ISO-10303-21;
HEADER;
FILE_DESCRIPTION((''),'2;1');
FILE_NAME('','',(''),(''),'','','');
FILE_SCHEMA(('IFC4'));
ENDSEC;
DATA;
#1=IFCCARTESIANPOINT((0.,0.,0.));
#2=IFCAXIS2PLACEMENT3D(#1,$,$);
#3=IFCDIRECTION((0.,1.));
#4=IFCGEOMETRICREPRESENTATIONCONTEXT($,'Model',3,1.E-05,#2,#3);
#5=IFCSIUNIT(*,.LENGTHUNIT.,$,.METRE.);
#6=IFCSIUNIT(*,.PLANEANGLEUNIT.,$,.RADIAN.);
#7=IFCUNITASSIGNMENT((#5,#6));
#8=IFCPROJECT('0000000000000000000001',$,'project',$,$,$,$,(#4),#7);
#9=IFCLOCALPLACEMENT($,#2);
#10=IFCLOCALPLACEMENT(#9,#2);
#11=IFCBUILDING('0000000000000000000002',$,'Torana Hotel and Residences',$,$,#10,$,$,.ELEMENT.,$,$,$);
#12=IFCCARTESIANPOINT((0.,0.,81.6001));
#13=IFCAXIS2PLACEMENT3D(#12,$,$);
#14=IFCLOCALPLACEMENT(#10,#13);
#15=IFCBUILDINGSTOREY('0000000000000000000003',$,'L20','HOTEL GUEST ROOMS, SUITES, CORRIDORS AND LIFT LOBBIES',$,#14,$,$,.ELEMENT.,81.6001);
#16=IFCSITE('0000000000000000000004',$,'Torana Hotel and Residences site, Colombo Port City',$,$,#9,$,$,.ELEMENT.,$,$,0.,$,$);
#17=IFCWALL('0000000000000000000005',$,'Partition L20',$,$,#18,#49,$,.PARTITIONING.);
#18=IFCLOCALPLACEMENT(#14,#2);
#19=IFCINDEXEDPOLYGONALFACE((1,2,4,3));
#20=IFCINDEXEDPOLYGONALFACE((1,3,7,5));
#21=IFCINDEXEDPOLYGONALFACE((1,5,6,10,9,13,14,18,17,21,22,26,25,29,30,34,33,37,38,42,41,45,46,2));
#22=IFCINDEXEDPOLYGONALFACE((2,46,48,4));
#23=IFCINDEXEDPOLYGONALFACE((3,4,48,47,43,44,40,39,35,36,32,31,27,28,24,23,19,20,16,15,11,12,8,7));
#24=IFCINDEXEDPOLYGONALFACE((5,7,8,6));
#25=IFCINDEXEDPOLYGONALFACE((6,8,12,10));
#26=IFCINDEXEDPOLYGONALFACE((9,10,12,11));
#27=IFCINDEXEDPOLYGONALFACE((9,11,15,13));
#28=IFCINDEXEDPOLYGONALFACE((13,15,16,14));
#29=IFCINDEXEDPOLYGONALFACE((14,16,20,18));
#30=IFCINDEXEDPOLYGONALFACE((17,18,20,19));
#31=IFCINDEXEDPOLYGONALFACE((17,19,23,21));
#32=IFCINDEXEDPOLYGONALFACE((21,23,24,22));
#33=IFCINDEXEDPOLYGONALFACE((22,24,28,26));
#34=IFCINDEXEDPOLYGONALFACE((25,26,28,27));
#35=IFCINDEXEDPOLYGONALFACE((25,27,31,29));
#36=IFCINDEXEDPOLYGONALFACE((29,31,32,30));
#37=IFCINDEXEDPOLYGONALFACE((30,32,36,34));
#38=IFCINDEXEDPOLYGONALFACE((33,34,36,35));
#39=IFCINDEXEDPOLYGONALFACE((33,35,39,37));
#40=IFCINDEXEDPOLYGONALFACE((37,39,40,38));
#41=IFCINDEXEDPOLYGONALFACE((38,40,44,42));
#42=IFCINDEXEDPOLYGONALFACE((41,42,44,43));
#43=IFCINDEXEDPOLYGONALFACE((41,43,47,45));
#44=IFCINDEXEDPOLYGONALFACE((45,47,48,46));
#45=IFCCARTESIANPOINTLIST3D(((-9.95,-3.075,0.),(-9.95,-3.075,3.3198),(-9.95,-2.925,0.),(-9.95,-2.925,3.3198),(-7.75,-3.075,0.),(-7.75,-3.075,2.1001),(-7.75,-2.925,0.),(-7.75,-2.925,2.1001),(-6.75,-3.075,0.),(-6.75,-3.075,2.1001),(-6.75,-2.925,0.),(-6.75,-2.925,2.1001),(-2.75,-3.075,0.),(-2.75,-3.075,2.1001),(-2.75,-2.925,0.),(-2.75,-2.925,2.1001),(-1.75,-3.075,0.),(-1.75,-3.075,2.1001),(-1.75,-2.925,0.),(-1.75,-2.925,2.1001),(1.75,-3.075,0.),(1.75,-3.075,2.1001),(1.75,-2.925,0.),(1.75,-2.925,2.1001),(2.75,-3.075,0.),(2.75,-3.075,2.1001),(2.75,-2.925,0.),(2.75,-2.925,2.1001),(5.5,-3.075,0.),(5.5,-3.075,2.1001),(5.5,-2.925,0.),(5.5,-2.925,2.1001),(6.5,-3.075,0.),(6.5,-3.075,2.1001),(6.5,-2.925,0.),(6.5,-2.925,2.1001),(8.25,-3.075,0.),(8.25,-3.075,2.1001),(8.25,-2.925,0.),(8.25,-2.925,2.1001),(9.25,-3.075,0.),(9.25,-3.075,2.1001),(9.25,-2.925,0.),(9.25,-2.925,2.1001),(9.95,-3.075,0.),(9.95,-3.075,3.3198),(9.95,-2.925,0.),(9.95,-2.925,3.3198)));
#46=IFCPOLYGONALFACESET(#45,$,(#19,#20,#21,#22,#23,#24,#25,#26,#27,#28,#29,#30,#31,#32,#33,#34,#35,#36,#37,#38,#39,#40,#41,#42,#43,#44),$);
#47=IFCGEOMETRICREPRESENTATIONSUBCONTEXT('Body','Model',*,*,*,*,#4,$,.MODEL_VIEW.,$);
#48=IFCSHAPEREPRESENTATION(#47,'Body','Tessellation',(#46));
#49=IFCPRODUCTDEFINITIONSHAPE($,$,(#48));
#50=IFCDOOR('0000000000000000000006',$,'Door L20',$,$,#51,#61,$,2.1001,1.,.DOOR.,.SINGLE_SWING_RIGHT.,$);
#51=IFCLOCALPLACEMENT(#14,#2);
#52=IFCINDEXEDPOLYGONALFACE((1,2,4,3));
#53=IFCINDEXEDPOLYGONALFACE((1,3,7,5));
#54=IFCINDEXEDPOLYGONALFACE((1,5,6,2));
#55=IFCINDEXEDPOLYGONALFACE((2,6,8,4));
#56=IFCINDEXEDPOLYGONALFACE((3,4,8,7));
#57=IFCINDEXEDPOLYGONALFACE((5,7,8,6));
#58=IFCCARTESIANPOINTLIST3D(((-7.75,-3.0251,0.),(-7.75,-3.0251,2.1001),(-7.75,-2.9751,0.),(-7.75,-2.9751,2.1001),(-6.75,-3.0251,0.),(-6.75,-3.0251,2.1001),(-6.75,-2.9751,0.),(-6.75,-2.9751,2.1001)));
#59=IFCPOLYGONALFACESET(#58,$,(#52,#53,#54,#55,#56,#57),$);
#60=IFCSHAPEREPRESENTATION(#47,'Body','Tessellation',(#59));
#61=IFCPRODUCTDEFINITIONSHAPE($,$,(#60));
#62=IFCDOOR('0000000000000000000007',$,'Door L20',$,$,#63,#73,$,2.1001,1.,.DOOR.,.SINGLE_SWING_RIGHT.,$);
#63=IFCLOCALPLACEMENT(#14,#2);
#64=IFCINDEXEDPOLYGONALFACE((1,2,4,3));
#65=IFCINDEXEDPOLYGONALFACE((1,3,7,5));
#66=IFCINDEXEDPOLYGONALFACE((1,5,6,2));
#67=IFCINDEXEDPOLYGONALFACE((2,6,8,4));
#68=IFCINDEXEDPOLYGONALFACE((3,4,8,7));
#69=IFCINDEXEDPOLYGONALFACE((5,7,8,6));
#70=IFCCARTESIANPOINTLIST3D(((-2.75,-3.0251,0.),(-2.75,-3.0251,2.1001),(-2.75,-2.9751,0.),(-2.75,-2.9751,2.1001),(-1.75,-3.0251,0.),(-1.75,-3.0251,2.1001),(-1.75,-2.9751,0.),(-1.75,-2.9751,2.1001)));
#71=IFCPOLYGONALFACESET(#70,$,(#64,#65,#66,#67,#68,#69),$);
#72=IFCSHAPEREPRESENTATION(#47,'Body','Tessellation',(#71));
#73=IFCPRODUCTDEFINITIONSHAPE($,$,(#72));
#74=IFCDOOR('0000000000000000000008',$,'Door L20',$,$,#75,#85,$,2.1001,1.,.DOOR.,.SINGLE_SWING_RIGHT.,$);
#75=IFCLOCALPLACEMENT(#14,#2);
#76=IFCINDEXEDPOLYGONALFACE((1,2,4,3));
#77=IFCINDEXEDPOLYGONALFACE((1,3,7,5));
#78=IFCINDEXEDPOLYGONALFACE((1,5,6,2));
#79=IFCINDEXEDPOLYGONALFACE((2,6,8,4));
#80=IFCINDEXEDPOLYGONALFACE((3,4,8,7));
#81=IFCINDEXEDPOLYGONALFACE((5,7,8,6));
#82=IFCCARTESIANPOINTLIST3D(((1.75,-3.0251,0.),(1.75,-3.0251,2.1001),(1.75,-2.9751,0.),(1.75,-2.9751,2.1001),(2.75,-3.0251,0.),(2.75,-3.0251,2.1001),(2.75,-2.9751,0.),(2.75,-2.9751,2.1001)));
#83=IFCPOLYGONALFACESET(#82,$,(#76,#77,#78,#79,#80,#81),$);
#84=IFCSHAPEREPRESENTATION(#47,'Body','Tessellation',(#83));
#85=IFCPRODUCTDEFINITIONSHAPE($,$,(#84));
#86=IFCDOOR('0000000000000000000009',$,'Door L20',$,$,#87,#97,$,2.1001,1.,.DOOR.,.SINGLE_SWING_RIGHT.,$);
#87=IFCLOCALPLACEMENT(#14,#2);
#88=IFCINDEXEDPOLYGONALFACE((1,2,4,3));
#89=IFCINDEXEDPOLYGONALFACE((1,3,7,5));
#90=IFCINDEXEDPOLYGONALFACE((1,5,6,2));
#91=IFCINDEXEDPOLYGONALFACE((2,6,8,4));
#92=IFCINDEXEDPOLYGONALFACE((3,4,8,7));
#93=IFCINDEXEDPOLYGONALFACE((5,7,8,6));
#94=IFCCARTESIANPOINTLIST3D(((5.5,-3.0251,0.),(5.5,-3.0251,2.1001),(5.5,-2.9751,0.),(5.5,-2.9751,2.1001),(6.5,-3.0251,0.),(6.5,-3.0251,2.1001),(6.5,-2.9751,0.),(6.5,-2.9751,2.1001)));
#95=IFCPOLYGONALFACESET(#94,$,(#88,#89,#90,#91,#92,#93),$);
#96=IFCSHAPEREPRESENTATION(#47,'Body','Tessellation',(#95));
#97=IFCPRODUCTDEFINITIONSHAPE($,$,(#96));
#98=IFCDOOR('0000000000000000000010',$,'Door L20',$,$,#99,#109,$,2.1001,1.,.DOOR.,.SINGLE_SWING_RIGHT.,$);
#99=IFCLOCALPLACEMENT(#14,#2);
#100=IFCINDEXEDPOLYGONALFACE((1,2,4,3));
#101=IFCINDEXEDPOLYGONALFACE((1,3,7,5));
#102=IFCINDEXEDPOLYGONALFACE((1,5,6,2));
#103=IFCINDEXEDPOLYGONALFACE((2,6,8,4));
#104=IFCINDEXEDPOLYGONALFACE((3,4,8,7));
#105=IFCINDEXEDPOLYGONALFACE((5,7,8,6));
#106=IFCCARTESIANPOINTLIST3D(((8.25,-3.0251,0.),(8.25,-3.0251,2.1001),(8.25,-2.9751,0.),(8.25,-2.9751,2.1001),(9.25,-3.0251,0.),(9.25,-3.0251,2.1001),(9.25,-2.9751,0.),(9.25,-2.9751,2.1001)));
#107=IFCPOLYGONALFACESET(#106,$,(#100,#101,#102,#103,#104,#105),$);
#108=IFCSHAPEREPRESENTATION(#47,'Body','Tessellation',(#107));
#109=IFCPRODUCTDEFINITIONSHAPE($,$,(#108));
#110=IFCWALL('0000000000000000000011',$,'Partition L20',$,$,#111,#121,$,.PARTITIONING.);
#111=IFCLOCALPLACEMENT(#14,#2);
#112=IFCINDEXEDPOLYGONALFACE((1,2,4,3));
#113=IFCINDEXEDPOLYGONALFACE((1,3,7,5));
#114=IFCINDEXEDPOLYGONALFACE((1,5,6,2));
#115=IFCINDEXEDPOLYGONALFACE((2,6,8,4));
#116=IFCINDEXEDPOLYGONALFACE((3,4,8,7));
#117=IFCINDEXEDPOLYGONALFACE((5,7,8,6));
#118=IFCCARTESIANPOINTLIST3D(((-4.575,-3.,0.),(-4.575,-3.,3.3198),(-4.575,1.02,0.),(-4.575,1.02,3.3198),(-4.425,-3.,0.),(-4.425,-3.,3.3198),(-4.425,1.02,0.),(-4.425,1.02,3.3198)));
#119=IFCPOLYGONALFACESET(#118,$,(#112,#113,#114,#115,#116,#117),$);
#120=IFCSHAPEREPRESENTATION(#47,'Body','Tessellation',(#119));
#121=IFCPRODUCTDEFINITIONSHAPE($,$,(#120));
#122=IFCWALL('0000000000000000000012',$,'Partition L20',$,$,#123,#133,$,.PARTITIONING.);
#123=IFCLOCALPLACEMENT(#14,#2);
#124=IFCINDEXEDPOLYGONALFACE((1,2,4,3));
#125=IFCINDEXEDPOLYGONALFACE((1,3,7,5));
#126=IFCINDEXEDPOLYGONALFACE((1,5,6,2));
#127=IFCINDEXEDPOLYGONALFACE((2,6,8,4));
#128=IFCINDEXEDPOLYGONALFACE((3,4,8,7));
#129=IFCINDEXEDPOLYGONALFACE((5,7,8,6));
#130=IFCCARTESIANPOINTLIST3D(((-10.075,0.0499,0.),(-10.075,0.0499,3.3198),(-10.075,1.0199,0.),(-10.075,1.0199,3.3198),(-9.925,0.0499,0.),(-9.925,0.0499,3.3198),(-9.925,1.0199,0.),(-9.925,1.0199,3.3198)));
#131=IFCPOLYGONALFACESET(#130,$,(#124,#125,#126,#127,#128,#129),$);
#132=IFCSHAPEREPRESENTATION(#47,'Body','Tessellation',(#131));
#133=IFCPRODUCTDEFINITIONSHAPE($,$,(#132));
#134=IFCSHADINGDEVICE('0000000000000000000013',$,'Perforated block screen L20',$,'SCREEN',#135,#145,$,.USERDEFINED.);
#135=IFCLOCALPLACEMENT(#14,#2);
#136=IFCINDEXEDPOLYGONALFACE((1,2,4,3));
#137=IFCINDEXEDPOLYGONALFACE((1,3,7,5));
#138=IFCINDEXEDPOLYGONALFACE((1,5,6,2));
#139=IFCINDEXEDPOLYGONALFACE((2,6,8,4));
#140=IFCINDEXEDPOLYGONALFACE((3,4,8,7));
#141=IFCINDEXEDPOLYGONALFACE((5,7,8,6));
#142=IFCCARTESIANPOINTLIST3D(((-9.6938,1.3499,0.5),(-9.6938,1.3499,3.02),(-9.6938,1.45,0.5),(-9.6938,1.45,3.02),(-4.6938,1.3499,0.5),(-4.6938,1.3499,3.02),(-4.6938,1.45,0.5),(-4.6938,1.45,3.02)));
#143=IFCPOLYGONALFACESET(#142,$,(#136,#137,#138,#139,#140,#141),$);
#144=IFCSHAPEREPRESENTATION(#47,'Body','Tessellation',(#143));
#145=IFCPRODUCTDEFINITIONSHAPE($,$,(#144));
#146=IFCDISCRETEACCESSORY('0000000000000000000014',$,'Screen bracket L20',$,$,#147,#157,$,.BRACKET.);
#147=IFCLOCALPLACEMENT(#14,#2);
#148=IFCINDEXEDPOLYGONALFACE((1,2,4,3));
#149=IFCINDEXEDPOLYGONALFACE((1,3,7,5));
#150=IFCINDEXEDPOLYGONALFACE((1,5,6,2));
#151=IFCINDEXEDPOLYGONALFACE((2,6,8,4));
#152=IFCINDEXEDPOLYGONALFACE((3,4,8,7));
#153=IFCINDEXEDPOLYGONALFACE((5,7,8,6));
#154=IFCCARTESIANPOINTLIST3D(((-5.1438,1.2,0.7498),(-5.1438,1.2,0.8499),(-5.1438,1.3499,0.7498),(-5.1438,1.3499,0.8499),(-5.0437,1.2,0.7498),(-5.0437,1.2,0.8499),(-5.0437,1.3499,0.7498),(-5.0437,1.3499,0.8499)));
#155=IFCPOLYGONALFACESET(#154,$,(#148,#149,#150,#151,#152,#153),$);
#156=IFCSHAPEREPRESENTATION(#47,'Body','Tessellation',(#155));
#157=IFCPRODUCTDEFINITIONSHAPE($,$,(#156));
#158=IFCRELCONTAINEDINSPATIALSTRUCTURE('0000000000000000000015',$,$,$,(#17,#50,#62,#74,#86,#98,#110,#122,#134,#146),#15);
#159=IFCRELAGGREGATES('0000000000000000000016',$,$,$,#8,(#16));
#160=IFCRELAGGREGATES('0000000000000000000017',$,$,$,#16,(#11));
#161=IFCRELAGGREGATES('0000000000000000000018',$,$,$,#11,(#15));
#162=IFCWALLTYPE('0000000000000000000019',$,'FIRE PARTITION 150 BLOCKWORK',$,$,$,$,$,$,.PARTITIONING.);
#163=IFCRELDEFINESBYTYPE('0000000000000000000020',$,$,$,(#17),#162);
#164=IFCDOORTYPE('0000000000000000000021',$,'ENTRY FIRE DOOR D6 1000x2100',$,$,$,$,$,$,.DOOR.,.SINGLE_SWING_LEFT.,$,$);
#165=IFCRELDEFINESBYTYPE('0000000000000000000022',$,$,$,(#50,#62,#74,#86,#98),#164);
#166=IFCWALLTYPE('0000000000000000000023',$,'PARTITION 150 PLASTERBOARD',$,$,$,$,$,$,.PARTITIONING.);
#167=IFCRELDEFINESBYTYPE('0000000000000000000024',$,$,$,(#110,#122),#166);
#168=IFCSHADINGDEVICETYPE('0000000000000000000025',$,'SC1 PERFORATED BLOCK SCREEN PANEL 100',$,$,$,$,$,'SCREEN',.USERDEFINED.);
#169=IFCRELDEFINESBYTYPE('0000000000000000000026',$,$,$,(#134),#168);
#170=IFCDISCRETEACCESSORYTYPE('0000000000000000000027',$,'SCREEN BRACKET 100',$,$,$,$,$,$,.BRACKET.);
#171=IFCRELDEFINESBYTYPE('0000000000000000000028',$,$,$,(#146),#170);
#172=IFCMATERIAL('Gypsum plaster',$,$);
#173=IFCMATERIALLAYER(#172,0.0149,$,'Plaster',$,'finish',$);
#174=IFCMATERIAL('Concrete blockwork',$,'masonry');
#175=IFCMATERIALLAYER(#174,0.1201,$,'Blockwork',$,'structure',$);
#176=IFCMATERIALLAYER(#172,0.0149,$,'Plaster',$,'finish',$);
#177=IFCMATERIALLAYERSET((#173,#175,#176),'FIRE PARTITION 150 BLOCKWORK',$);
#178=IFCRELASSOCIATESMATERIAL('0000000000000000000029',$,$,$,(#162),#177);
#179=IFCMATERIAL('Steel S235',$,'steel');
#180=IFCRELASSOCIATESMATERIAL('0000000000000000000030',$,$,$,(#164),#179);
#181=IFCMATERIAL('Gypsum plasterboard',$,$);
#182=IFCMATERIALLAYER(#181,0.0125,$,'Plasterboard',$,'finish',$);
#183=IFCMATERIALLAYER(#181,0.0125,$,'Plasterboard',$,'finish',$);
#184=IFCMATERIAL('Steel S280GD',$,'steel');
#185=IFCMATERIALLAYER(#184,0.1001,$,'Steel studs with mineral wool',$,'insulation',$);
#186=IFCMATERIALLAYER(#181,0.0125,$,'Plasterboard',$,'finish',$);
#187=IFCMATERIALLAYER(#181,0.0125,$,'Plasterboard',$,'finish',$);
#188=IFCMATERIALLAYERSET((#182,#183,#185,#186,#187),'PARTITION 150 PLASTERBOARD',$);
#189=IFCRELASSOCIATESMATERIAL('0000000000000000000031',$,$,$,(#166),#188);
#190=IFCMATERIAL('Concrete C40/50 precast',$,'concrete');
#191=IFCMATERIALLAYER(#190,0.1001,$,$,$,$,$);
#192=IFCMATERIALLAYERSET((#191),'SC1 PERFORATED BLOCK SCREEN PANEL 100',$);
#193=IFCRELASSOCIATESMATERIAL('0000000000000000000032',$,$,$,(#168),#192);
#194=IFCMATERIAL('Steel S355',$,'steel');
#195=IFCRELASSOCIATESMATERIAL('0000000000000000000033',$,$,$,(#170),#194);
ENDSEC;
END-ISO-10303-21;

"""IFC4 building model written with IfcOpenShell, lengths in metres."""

from ifc_helpers import new_model, si_unit, direction, frame, frame_2d, origin, origin_2d, place, context, subcontext, project, spatial, rectangle, extrude, material, layer, layer_set, type_object, element, fill, save


model = new_model("IFC4")

# Units and contexts
model_context = context("Model", 3, precision=1e-05, world=origin(), true_north=direction((0.0, 1.0)))
body_context = subcontext(model_context, "Body", "Model", "MODEL_VIEW")
ifc_project = project(units=[si_unit("LENGTHUNIT", "METRE"), si_unit("PLANEANGLEUNIT", "RADIAN")], contexts=[model_context])

# Site, building, storey
site_placement = place(None, origin())
site = spatial("IfcSite", under=ifc_project, at=site_placement, Name="Torana Hotel and Residences site, Colombo Port City", CompositionType="ELEMENT", RefElevation=0.0)
building_placement = place(site_placement, origin())
building = spatial("IfcBuilding", under=site, at=building_placement, Name="Torana Hotel and Residences", CompositionType="ELEMENT")
storey_placement = place(building_placement, frame((0.0, 0.0, 81.6001)))
storey = spatial("IfcBuildingStorey", under=building, at=storey_placement, Name="L20", Description="HOTEL GUEST ROOMS, SUITES, CORRIDORS AND LIFT LOBBIES", CompositionType="ELEMENT", Elevation=81.6001)

# Shared definitions
ifc_material_1 = material(Name="Gypsum plaster")
ifc_layer_1 = layer(ifc_material_1, 0.0149, Name="Plaster", Category="finish")
ifc_material_2 = material(Name="Concrete blockwork", Category="masonry")
ifc_layer_2 = layer(ifc_material_2, 0.1201, Name="Blockwork", Category="structure")
ifc_layer_3 = layer(ifc_material_1, 0.0149, Name="Plaster", Category="finish")
ifc_layer_set_1 = layer_set([ifc_layer_1, ifc_layer_2, ifc_layer_3], Name="FIRE PARTITION 150 BLOCKWORK")
wall_type_1 = type_object("IfcWallType", Name="FIRE PARTITION 150 BLOCKWORK", PredefinedType="PARTITIONING", material=ifc_layer_set_1)

# Wall, openings, doors
ifc_material_3 = material(Name="Steel S235", Category="steel")
door_type = type_object("IfcDoorType", Name="ENTRY FIRE DOOR D6 1000x2100", OperationType="SINGLE_SWING_LEFT", PredefinedType="DOOR", material=ifc_material_3)
wall_1_placement = place(storey_placement, frame((-9.95, -3.0, 0.0), z_axis=(0.0, 0.0, 1.0), x_axis=(1.0, 0.0, 0.0)))
wall_1 = element("IfcWall", 1, at=wall_1_placement, inside=storey, type_object=wall_type_1, Name="Partition L20", PredefinedType="PARTITIONING", context=body_context, shape_type="SweptSolid", body=[
    extrude(rectangle(XDim=19.8999, YDim=0.1499, at=frame_2d((9.95, 0.0))), origin(), (0.0, 0.0, 1.0), 3.3198),
])
opening_1_placement = place(wall_1_placement, frame((2.2, 0.0, 0.0)))
opening_1 = element("IfcOpeningElement", 2, at=opening_1_placement, cuts=wall_1, PredefinedType="OPENING", context=body_context, shape_type="SweptSolid", body=[
    extrude(rectangle(XDim=1.0, YDim=2.1001, at=frame_2d((0.5, 1.05))), frame((0.0, 0.085, 0.0), z_axis=(0.0, -1.0, 0.0), x_axis=(1.0, 0.0, 0.0)), (0.0, 0.0, 1.0), 0.1699),
])
opening_2_placement = place(wall_1_placement, frame((7.2, 0.0, 0.0)))
opening_2 = element("IfcOpeningElement", 3, at=opening_2_placement, cuts=wall_1, PredefinedType="OPENING", context=body_context, shape_type="SweptSolid", body=[
    extrude(rectangle(XDim=1.0, YDim=2.1001, at=frame_2d((0.5, 1.05))), frame((0.0, 0.085, 0.0), z_axis=(0.0, -1.0, 0.0), x_axis=(1.0, 0.0, 0.0)), (0.0, 0.0, 1.0), 0.1699),
])
opening_3_placement = place(wall_1_placement, frame((11.7, 0.0, 0.0)))
opening_3 = element("IfcOpeningElement", 4, at=opening_3_placement, cuts=wall_1, PredefinedType="OPENING", context=body_context, shape_type="SweptSolid", body=[
    extrude(rectangle(XDim=1.0, YDim=2.1001, at=frame_2d((0.5, 1.05))), frame((0.0, 0.085, 0.0), z_axis=(0.0, -1.0, 0.0), x_axis=(1.0, 0.0, 0.0)), (0.0, 0.0, 1.0), 0.1699),
])
opening_4_placement = place(wall_1_placement, frame((15.45, 0.0, 0.0)))
opening_4 = element("IfcOpeningElement", 5, at=opening_4_placement, cuts=wall_1, PredefinedType="OPENING", context=body_context, shape_type="SweptSolid", body=[
    extrude(rectangle(XDim=1.0, YDim=2.1001, at=frame_2d((0.5, 1.05))), frame((0.0, 0.085, 0.0), z_axis=(0.0, -1.0, 0.0), x_axis=(1.0, 0.0, 0.0)), (0.0, 0.0, 1.0), 0.1699),
])
opening_5_placement = place(wall_1_placement, frame((18.2, 0.0, 0.0)))
opening_5 = element("IfcOpeningElement", 6, at=opening_5_placement, cuts=wall_1, PredefinedType="OPENING", context=body_context, shape_type="SweptSolid", body=[
    extrude(rectangle(XDim=1.0, YDim=2.1001, at=frame_2d((0.5, 1.05))), frame((0.0, 0.085, 0.0), z_axis=(0.0, -1.0, 0.0), x_axis=(1.0, 0.0, 0.0)), (0.0, 0.0, 1.0), 0.1699),
])
door_1_placement = place(opening_1_placement, origin())
door_1 = element("IfcDoor", 7, at=door_1_placement, inside=storey, type_object=door_type, Name="Door L20", OperationType="SINGLE_SWING_RIGHT", OverallHeight=2.1001, OverallWidth=1.0, PredefinedType="DOOR", context=body_context, shape_type="SweptSolid", body=[
    extrude(rectangle(XDim=1.0, YDim=2.1001, at=frame_2d((0.5, 1.05))), frame((0.0, 0.0249, 0.0), z_axis=(0.0, -1.0, 0.0), x_axis=(1.0, 0.0, 0.0)), (0.0, 0.0, 1.0), 0.05),
])
fill(opening_1, door_1)
door_2_placement = place(opening_2_placement, origin())
door_2 = element("IfcDoor", 8, at=door_2_placement, inside=storey, type_object=door_type, Name="Door L20", OperationType="SINGLE_SWING_RIGHT", OverallHeight=2.1001, OverallWidth=1.0, PredefinedType="DOOR", context=body_context, shape_type="SweptSolid", body=[
    extrude(rectangle(XDim=1.0, YDim=2.1001, at=frame_2d((0.5, 1.05))), frame((0.0, 0.0249, 0.0), z_axis=(0.0, -1.0, 0.0), x_axis=(1.0, 0.0, 0.0)), (0.0, 0.0, 1.0), 0.05),
])
fill(opening_2, door_2)
door_3_placement = place(opening_3_placement, origin())
door_3 = element("IfcDoor", 9, at=door_3_placement, inside=storey, type_object=door_type, Name="Door L20", OperationType="SINGLE_SWING_RIGHT", OverallHeight=2.1001, OverallWidth=1.0, PredefinedType="DOOR", context=body_context, shape_type="SweptSolid", body=[
    extrude(rectangle(XDim=1.0, YDim=2.1001, at=frame_2d((0.5, 1.05))), frame((0.0, 0.0249, 0.0), z_axis=(0.0, -1.0, 0.0), x_axis=(1.0, 0.0, 0.0)), (0.0, 0.0, 1.0), 0.05),
])
fill(opening_3, door_3)
door_4_placement = place(opening_4_placement, origin())
door_4 = element("IfcDoor", 10, at=door_4_placement, inside=storey, type_object=door_type, Name="Door L20", OperationType="SINGLE_SWING_RIGHT", OverallHeight=2.1001, OverallWidth=1.0, PredefinedType="DOOR", context=body_context, shape_type="SweptSolid", body=[
    extrude(rectangle(XDim=1.0, YDim=2.1001, at=frame_2d((0.5, 1.05))), frame((0.0, 0.0249, 0.0), z_axis=(0.0, -1.0, 0.0), x_axis=(1.0, 0.0, 0.0)), (0.0, 0.0, 1.0), 0.05),
])
fill(opening_4, door_4)
door_5_placement = place(opening_5_placement, origin())
door_5 = element("IfcDoor", 11, at=door_5_placement, inside=storey, type_object=door_type, Name="Door L20", OperationType="SINGLE_SWING_RIGHT", OverallHeight=2.1001, OverallWidth=1.0, PredefinedType="DOOR", context=body_context, shape_type="SweptSolid", body=[
    extrude(rectangle(XDim=1.0, YDim=2.1001, at=frame_2d((0.5, 1.05))), frame((0.0, 0.0249, 0.0), z_axis=(0.0, -1.0, 0.0), x_axis=(1.0, 0.0, 0.0)), (0.0, 0.0, 1.0), 0.05),
])
fill(opening_5, door_5)

# Walls
ifc_material_4 = material(Name="Gypsum plasterboard")
ifc_layer_4 = layer(ifc_material_4, 0.0125, Name="Plasterboard", Category="finish")
ifc_layer_5 = layer(ifc_material_4, 0.0125, Name="Plasterboard", Category="finish")
ifc_material_5 = material(Name="Steel S280GD", Category="steel")
ifc_layer_6 = layer(ifc_material_5, 0.1001, Name="Steel studs with mineral wool", Category="insulation")
ifc_layer_7 = layer(ifc_material_4, 0.0125, Name="Plasterboard", Category="finish")
ifc_layer_8 = layer(ifc_material_4, 0.0125, Name="Plasterboard", Category="finish")
ifc_layer_set_2 = layer_set([ifc_layer_4, ifc_layer_5, ifc_layer_6, ifc_layer_7, ifc_layer_8], Name="PARTITION 150 PLASTERBOARD")
wall_type_2 = type_object("IfcWallType", Name="PARTITION 150 PLASTERBOARD", PredefinedType="PARTITIONING", material=ifc_layer_set_2)
wall_2_placement = place(storey_placement, frame((-4.5, -3.0, 0.0), z_axis=(0.0, 0.0, 1.0), x_axis=(0.0, 1.0, 0.0)))
element("IfcWall", 12, at=wall_2_placement, inside=storey, type_object=wall_type_2, Name="Partition L20", PredefinedType="PARTITIONING", context=body_context, shape_type="SweptSolid", body=[
    extrude(rectangle(XDim=4.02, YDim=0.1499, at=frame_2d((2.01, 0.0))), origin(), (0.0, 0.0, 1.0), 3.3198),
])
wall_3_placement = place(storey_placement, frame((-10.0, 0.05, 0.0), z_axis=(0.0, 0.0, 1.0), x_axis=(0.0, 1.0, 0.0)))
element("IfcWall", 13, at=wall_3_placement, inside=storey, type_object=wall_type_2, Name="Partition L20", PredefinedType="PARTITIONING", context=body_context, shape_type="SweptSolid", body=[
    extrude(rectangle(XDim=0.97, YDim=0.1499, at=frame_2d((0.4849, 0.0))), origin(), (0.0, 0.0, 1.0), 3.3198),
])

# Shading device
ifc_material_6 = material(Name="Concrete C40/50 precast", Category="concrete")
ifc_layer_9 = layer(ifc_material_6, 0.1001)
ifc_layer_set_3 = layer_set([ifc_layer_9], Name="SC1 PERFORATED BLOCK SCREEN PANEL 100")
shading_device_type = type_object("IfcShadingDeviceType", Name="SC1 PERFORATED BLOCK SCREEN PANEL 100", ElementType="SCREEN", PredefinedType="USERDEFINED", material=ifc_layer_set_3)
shading_device_placement = place(storey_placement, frame((-7.1938, 1.3999, 0.5), z_axis=(0.0, 0.0, 1.0), x_axis=(-1.0, 0.0, 0.0)))
element("IfcShadingDevice", 14, at=shading_device_placement, inside=storey, type_object=shading_device_type, Name="Perforated block screen L20", ObjectType="SCREEN", PredefinedType="USERDEFINED", context=body_context, shape_type="SweptSolid", body=[
    extrude(rectangle(XDim=5.0, YDim=0.1001, at=origin_2d()), origin(), (0.0, 0.0, 1.0), 2.52),
])

# Discrete accessory
ifc_material_7 = material(Name="Steel S355", Category="steel")
discrete_accessory_type = type_object("IfcDiscreteAccessoryType", Name="SCREEN BRACKET 100", PredefinedType="BRACKET", material=ifc_material_7)
for number, where, z_axis, x_axis, name in (
    (15, (-5.0938, 1.2749, 0.7498), (0.0, 0.0, 1.0), (-1.0, 0.0, 0.0), "Screen bracket L20"),
):
    element("IfcDiscreteAccessory", number, at=place(storey_placement, frame(where, z_axis=z_axis, x_axis=x_axis)), inside=storey, type_object=discrete_accessory_type, Name=name, PredefinedType="BRACKET", context=body_context, shape_type="SweptSolid", body=[
        extrude(rectangle(XDim=0.1001, YDim=0.1499, at=origin_2d()), origin(), (0.0, 0.0, 1.0), 0.1001),
    ])

save(model, "model.ifc")
